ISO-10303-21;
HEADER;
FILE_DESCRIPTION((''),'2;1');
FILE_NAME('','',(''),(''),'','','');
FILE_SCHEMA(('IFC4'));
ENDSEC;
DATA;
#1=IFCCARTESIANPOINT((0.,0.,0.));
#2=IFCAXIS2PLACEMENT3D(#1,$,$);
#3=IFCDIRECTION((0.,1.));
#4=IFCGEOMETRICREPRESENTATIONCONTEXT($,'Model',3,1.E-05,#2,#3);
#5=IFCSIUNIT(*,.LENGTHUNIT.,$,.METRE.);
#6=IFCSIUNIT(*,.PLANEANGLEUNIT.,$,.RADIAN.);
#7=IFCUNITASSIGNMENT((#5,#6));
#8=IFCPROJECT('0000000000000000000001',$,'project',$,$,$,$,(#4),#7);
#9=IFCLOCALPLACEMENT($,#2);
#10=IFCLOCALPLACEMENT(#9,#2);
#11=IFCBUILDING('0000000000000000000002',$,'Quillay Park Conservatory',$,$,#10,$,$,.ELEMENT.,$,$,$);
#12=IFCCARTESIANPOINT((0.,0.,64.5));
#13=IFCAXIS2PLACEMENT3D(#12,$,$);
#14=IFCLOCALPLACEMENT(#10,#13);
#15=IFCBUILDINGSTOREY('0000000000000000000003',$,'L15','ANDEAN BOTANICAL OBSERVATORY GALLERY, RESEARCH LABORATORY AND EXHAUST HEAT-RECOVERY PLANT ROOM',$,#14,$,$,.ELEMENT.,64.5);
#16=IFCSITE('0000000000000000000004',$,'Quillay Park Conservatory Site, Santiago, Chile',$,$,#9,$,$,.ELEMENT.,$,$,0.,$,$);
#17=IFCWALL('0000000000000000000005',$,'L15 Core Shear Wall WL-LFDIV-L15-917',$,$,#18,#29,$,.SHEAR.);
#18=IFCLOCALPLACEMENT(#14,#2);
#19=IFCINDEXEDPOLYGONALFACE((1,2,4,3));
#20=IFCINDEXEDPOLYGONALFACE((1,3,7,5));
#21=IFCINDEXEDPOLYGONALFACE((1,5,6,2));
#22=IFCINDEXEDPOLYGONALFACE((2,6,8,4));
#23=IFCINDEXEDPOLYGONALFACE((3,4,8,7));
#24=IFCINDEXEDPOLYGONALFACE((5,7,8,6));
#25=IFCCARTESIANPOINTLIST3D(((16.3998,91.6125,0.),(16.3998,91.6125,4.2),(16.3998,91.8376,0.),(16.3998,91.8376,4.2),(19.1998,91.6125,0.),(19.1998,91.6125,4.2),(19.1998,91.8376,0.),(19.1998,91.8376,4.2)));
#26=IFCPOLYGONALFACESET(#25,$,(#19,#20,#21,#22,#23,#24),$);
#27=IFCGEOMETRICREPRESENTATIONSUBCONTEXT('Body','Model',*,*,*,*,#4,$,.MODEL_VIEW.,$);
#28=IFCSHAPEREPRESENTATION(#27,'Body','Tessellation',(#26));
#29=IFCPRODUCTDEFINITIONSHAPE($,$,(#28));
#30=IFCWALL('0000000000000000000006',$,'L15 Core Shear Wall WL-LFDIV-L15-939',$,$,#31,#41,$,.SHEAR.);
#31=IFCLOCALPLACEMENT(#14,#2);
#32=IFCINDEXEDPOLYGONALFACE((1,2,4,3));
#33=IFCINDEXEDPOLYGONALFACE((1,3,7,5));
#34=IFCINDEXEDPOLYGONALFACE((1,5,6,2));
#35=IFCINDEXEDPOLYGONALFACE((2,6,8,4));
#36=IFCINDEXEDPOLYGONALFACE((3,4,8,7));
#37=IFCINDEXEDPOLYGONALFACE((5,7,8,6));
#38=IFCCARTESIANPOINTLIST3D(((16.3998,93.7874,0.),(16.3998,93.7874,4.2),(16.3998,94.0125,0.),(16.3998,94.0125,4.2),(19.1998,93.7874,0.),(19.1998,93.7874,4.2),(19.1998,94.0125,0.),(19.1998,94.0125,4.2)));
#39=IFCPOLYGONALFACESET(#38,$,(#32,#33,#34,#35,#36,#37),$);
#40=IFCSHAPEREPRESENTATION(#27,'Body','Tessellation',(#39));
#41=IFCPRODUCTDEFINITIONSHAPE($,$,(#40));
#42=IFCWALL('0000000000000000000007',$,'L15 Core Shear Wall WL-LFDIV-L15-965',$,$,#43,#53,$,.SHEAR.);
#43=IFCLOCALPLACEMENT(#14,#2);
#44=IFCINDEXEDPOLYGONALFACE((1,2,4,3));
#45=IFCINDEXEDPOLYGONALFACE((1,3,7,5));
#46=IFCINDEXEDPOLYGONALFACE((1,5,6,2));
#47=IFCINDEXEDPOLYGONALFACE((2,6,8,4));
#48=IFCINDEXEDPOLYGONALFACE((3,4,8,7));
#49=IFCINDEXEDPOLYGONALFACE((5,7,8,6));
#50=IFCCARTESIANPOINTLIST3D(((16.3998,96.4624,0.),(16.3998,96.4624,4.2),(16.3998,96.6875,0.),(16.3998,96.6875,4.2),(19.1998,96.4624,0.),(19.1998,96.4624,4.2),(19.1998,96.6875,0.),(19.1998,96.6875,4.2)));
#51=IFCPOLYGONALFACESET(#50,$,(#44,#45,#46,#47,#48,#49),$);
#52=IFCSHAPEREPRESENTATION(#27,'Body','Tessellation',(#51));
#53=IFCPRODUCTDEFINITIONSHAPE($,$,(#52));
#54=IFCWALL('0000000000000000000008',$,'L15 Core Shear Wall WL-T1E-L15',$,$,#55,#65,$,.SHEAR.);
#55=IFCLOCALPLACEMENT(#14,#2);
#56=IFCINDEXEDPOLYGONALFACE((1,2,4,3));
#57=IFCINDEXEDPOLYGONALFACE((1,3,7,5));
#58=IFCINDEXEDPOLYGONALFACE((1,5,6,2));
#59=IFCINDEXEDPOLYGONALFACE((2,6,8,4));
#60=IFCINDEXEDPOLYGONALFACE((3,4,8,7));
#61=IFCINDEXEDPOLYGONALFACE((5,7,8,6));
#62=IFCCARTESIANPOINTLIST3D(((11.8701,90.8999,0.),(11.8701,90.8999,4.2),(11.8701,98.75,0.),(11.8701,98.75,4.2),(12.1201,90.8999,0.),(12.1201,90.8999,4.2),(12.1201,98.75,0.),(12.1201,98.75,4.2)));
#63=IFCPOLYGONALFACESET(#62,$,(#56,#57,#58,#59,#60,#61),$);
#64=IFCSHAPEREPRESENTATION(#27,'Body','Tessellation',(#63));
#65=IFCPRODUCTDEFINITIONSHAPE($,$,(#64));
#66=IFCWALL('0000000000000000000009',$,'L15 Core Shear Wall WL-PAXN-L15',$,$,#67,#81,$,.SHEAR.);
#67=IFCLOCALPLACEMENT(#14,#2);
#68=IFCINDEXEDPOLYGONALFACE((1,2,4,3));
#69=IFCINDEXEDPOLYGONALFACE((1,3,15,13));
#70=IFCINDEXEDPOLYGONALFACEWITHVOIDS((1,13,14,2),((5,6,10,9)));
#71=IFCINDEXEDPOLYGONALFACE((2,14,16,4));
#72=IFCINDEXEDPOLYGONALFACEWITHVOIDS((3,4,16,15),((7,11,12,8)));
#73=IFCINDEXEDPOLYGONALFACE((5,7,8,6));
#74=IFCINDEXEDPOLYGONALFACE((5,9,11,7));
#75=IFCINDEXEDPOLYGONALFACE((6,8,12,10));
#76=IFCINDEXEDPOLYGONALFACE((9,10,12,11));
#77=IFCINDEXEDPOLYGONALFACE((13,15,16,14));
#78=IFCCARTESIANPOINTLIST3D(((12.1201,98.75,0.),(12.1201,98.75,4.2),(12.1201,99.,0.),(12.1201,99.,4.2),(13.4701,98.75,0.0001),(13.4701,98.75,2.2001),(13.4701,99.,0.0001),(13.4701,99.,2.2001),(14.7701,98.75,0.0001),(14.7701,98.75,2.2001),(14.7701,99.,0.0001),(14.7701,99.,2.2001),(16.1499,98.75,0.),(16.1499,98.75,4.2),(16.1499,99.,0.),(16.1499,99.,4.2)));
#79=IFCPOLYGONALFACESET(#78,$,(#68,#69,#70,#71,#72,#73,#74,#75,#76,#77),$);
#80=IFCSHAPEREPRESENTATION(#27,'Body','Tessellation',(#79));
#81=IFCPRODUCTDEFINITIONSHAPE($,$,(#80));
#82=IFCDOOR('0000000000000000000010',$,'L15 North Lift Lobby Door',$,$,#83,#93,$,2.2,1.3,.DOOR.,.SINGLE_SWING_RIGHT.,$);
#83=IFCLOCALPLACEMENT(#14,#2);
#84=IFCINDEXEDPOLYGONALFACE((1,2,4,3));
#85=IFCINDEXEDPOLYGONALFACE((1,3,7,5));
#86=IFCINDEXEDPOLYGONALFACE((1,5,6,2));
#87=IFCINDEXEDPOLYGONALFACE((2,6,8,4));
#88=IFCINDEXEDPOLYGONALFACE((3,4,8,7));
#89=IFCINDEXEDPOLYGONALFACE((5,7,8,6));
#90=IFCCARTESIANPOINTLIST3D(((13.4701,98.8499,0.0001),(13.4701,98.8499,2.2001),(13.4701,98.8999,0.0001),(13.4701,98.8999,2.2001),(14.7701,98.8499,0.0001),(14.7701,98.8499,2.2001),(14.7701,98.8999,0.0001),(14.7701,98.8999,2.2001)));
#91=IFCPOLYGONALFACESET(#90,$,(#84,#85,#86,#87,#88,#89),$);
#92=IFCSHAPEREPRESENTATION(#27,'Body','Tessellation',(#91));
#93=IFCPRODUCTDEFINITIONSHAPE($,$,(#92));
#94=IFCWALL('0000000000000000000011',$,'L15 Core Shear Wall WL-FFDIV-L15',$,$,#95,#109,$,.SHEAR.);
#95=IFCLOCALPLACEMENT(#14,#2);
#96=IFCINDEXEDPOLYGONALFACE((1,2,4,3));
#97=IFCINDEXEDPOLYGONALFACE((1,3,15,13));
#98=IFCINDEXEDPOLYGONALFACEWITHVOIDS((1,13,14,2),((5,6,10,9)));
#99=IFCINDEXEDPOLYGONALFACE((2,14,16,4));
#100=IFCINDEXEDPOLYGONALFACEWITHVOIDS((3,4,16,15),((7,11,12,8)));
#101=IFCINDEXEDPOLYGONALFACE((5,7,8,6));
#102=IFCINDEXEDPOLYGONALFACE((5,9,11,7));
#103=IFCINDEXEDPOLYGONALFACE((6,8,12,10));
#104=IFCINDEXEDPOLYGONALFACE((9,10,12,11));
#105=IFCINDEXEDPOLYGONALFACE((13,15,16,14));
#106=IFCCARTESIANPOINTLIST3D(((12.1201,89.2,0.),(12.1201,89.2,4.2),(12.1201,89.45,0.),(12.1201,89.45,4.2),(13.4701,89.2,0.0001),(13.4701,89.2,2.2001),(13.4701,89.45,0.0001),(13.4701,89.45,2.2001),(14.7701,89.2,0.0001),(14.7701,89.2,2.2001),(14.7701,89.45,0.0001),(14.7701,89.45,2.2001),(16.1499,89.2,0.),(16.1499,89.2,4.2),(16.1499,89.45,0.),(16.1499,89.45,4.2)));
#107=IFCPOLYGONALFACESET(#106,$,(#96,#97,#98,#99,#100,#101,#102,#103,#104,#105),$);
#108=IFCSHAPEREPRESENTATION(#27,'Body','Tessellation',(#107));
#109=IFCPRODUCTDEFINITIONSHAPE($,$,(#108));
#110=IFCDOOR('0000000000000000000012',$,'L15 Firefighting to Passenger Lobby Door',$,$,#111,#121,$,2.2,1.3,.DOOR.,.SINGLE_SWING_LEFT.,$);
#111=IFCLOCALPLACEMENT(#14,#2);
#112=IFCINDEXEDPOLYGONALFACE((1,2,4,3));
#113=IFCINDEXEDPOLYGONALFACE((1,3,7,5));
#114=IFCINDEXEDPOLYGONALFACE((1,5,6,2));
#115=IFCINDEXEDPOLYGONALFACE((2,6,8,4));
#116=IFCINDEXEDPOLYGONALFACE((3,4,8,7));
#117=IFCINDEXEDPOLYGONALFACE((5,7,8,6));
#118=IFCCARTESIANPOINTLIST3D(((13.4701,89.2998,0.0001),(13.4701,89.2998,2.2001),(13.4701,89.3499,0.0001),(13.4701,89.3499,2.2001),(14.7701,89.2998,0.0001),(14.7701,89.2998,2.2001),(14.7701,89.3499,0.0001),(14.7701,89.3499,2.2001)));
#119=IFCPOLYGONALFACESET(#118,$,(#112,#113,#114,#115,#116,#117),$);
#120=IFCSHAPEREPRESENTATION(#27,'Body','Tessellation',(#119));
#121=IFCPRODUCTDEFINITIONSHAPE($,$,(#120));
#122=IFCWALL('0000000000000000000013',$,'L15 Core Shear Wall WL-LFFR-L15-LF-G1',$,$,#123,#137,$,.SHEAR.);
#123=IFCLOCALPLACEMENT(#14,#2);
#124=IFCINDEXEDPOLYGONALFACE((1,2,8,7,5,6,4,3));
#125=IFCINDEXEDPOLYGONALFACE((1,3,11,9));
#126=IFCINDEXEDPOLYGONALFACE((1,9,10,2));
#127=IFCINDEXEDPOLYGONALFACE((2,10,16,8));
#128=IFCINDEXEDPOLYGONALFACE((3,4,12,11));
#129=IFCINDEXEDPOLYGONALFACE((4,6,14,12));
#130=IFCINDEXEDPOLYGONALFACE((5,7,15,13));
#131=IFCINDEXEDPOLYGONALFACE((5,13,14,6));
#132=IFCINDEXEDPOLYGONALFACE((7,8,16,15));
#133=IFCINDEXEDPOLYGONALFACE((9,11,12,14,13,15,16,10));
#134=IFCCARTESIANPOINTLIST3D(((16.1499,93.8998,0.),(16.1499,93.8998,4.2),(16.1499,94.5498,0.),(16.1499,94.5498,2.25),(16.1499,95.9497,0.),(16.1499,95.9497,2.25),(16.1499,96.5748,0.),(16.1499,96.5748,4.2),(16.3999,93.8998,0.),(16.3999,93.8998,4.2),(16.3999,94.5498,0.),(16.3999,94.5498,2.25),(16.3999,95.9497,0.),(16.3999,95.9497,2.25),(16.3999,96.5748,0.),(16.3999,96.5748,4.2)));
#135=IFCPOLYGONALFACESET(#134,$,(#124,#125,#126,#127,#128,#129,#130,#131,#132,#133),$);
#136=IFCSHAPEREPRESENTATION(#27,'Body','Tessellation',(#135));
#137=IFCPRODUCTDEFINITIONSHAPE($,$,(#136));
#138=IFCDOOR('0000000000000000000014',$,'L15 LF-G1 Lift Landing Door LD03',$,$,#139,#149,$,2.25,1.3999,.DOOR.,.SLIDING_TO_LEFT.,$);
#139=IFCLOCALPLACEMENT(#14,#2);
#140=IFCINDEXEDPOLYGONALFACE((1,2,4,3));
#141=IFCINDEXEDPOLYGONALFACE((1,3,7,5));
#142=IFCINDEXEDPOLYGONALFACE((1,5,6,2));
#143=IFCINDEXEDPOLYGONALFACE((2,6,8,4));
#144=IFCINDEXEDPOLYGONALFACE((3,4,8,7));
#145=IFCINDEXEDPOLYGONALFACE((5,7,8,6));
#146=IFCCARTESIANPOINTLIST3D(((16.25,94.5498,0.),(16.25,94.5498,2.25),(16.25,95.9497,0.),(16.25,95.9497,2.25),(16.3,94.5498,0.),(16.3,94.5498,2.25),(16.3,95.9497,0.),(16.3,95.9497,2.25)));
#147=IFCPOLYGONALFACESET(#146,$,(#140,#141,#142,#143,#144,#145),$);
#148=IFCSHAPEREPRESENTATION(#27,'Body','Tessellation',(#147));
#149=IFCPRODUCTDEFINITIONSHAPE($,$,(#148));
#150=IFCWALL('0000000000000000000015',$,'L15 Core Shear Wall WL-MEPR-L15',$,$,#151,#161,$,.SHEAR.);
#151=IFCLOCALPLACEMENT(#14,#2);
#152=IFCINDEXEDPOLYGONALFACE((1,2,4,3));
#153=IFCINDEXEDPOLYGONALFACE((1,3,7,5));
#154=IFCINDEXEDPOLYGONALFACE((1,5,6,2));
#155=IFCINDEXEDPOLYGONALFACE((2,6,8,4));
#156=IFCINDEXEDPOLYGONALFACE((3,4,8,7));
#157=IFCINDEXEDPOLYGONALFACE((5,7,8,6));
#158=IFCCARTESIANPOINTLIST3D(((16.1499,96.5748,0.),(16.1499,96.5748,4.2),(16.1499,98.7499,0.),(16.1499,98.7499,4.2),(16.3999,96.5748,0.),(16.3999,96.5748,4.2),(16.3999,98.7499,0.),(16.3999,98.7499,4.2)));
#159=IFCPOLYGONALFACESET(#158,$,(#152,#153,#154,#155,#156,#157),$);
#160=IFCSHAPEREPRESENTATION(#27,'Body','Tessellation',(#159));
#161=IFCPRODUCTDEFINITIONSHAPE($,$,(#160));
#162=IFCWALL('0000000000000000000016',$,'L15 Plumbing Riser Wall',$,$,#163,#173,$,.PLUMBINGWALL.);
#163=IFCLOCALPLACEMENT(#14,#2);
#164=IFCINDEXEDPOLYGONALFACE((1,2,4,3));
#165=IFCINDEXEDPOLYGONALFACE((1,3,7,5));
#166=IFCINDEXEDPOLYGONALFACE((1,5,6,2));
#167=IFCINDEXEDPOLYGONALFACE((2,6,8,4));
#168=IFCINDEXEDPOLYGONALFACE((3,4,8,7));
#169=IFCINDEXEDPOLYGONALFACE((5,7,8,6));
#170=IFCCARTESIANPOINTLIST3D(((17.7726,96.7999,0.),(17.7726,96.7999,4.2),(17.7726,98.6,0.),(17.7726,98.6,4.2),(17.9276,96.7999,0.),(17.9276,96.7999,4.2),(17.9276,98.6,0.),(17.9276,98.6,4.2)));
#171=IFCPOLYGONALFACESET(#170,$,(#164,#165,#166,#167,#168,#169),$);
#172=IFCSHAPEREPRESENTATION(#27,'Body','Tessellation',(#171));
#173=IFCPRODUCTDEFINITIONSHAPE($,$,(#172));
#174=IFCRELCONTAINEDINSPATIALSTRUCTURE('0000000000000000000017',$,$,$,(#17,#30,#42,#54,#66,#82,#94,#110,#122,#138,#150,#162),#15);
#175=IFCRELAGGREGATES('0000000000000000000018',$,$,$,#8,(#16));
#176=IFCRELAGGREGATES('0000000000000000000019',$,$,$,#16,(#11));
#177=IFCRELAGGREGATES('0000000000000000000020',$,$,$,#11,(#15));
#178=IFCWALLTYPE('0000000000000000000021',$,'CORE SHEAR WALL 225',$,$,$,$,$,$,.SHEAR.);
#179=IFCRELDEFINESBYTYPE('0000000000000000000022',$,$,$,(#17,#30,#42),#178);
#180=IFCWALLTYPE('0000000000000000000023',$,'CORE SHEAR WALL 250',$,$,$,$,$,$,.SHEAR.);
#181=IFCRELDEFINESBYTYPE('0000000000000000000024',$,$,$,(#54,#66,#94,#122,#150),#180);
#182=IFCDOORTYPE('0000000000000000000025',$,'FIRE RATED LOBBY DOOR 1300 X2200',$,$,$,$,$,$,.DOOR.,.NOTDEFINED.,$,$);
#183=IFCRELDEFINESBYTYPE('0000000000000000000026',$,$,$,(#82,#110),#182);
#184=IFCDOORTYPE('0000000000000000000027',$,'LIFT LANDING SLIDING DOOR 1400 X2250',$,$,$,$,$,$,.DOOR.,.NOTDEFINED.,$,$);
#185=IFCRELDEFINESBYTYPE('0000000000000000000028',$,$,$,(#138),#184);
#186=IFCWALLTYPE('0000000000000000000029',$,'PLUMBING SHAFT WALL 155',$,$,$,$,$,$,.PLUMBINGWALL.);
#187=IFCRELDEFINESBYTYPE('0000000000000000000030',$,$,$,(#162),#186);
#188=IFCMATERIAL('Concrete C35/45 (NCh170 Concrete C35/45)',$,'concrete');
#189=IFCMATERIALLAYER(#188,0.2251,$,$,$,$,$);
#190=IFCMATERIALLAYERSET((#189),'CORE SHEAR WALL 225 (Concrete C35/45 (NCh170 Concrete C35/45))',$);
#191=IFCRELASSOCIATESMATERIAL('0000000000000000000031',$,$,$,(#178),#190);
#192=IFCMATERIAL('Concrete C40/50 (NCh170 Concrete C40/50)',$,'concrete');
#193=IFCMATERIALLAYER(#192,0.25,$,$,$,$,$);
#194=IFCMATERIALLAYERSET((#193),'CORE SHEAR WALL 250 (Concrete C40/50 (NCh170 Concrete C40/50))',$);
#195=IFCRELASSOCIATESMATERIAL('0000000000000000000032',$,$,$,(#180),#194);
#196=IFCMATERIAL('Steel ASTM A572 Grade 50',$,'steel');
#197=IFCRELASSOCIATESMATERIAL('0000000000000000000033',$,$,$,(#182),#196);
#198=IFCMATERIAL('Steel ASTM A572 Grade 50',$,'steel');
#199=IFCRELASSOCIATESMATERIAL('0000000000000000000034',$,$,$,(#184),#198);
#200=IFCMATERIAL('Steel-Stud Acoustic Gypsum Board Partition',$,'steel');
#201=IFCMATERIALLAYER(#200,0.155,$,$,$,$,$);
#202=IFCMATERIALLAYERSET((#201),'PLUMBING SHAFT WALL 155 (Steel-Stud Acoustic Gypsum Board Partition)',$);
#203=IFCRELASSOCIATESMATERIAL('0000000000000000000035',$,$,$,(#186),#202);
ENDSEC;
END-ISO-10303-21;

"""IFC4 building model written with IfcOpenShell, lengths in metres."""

from ifc_helpers import new_model, si_unit, direction, frame, frame_2d, origin, place, context, subcontext, project, spatial, rectangle, extrude, material, layer, layer_set, type_object, element, fill, save


model = new_model("IFC4")

# Units and contexts
model_context = context("Model", 3, precision=1e-05, world=origin(), true_north=direction((0.0, 1.0)))
body_context = subcontext(model_context, "Body", "Model", "MODEL_VIEW")
ifc_project = project(units=[si_unit("LENGTHUNIT", "METRE"), si_unit("PLANEANGLEUNIT", "RADIAN")], contexts=[model_context])

# Site, building, storey
site_placement = place(None, origin())
site = spatial("IfcSite", under=ifc_project, at=site_placement, Name="Quillay Park Conservatory Site, Santiago, Chile", CompositionType="ELEMENT", RefElevation=0.0)
building_placement = place(site_placement, origin())
building = spatial("IfcBuilding", under=site, at=building_placement, Name="Quillay Park Conservatory", CompositionType="ELEMENT")
storey_placement = place(building_placement, frame((0.0, 0.0, 64.5)))
storey = spatial("IfcBuildingStorey", under=building, at=storey_placement, Name="L15", Description="ANDEAN BOTANICAL OBSERVATORY GALLERY, RESEARCH LABORATORY AND EXHAUST HEAT-RECOVERY PLANT ROOM", CompositionType="ELEMENT", Elevation=64.5)

# Walls
ifc_material_1 = material(Name="Concrete C35/45 (NCh170 Concrete C35/45)", Category="concrete")
ifc_layer_1 = layer(ifc_material_1, 0.2251)
ifc_layer_set_1 = layer_set([ifc_layer_1], Name="CORE SHEAR WALL 225 (Concrete C35/45 (NCh170 Concrete C35/45))")
wall_type_1 = type_object("IfcWallType", Name="CORE SHEAR WALL 225", PredefinedType="SHEAR", material=ifc_layer_set_1)
for number, where, z_axis, x_axis, name in (
    (1, (16.3999, 91.7251, 0.0), (0.0, 0.0, 1.0), (1.0, 0.0, 0.0), "L15 Core Shear Wall WL-LFDIV-L15-917"),
    (2, (16.3999, 93.8999, 0.0), (0.0, 0.0, 1.0), (1.0, 0.0, 0.0), "L15 Core Shear Wall WL-LFDIV-L15-939"),
    (3, (16.3999, 96.575, 0.0), (0.0, 0.0, 1.0), (1.0, 0.0, 0.0), "L15 Core Shear Wall WL-LFDIV-L15-965"),
):
    element("IfcWall", number, at=place(storey_placement, frame(where, z_axis=z_axis, x_axis=x_axis)), inside=storey, type_object=wall_type_1, Name=name, PredefinedType="SHEAR", context=body_context, shape_type="SweptSolid", body=[
        extrude(rectangle(XDim=2.8, YDim=0.2251, at=frame_2d((1.3999, 0.0))), origin(), (0.0, 0.0, 1.0), 4.2),
    ])
ifc_material_2 = material(Name="Concrete C40/50 (NCh170 Concrete C40/50)", Category="concrete")
ifc_layer_2 = layer(ifc_material_2, 0.25)
ifc_layer_set_2 = layer_set([ifc_layer_2], Name="CORE SHEAR WALL 250 (Concrete C40/50 (NCh170 Concrete C40/50))")
wall_type_2 = type_object("IfcWallType", Name="CORE SHEAR WALL 250", PredefinedType="SHEAR", material=ifc_layer_set_2)
wall_1_placement = place(storey_placement, frame((11.9951, 90.8999, 0.0), z_axis=(0.0, 0.0, 1.0), x_axis=(0.0, 1.0, 0.0)))
element("IfcWall", 4, at=wall_1_placement, inside=storey, type_object=wall_type_2, Name="L15 Core Shear Wall WL-T1E-L15", PredefinedType="SHEAR", context=body_context, shape_type="SweptSolid", body=[
    extrude(rectangle(XDim=7.8501, YDim=0.25, at=frame_2d((3.925, 0.0))), origin(), (0.0, 0.0, 1.0), 4.2),
])

# Walls, openings, doors
wall_2_placement = place(storey_placement, frame((12.1201, 98.875, 0.0), z_axis=(0.0, 0.0, 1.0), x_axis=(1.0, 0.0, 0.0)))
wall_2 = element("IfcWall", 5, at=wall_2_placement, inside=storey, type_object=wall_type_2, Name="L15 Core Shear Wall WL-PAXN-L15", PredefinedType="SHEAR", context=body_context, shape_type="SweptSolid", body=[
    extrude(rectangle(XDim=4.0298, YDim=0.25, at=frame_2d((2.0149, 0.0))), origin(), (0.0, 0.0, 1.0), 4.2),
])
opening_1_placement = place(wall_2_placement, frame((1.3501, 0.0, 0.0)))
opening_1 = element("IfcOpeningElement", 6, at=opening_1_placement, cuts=wall_2, PredefinedType="OPENING", context=body_context, shape_type="SweptSolid", body=[
    extrude(rectangle(XDim=1.3, YDim=2.2, at=frame_2d((0.6499, 1.1001))), frame((0.0, 0.125, 0.0), z_axis=(0.0, -1.0, 0.0), x_axis=(1.0, 0.0, 0.0)), (0.0, 0.0, 1.0), 0.25),
])
ifc_material_3 = material(Name="Steel ASTM A572 Grade 50", Category="steel")
door_type_1 = type_object("IfcDoorType", Name="FIRE RATED LOBBY DOOR 1300 X2200", OperationType="NOTDEFINED", PredefinedType="DOOR", material=ifc_material_3)
door_1_placement = place(opening_1_placement, origin())
door_1 = element("IfcDoor", 7, at=door_1_placement, inside=storey, type_object=door_type_1, Name="L15 North Lift Lobby Door", OperationType="SINGLE_SWING_RIGHT", OverallHeight=2.2, OverallWidth=1.3, PredefinedType="DOOR", context=body_context, shape_type="SweptSolid", body=[
    extrude(rectangle(XDim=1.3, YDim=2.2, at=frame_2d((0.6499, 1.1001))), frame((0.0, 0.0249, 0.0), z_axis=(0.0, -1.0, 0.0), x_axis=(1.0, 0.0, 0.0)), (0.0, 0.0, 1.0), 0.05),
])
fill(opening_1, door_1)
wall_3_placement = place(storey_placement, frame((12.1201, 89.325, 0.0), z_axis=(0.0, 0.0, 1.0), x_axis=(1.0, 0.0, 0.0)))
wall_3 = element("IfcWall", 8, at=wall_3_placement, inside=storey, type_object=wall_type_2, Name="L15 Core Shear Wall WL-FFDIV-L15", PredefinedType="SHEAR", context=body_context, shape_type="SweptSolid", body=[
    extrude(rectangle(XDim=4.0298, YDim=0.25, at=frame_2d((2.0149, 0.0))), origin(), (0.0, 0.0, 1.0), 4.2),
])
opening_2_placement = place(wall_3_placement, frame((1.3501, 0.0, 0.0)))
opening_2 = element("IfcOpeningElement", 9, at=opening_2_placement, cuts=wall_3, PredefinedType="OPENING", context=body_context, shape_type="SweptSolid", body=[
    extrude(rectangle(XDim=1.3, YDim=2.2, at=frame_2d((0.6499, 1.1001))), frame((0.0, 0.125, 0.0), z_axis=(0.0, -1.0, 0.0), x_axis=(1.0, 0.0, 0.0)), (0.0, 0.0, 1.0), 0.25),
])
door_2_placement = place(opening_2_placement, origin())
door_2 = element("IfcDoor", 10, at=door_2_placement, inside=storey, type_object=door_type_1, Name="L15 Firefighting to Passenger Lobby Door", OperationType="SINGLE_SWING_LEFT", OverallHeight=2.2, OverallWidth=1.3, PredefinedType="DOOR", context=body_context, shape_type="SweptSolid", body=[
    extrude(rectangle(XDim=1.3, YDim=2.2, at=frame_2d((0.6499, 1.1001))), frame((0.0, 0.0249, 0.0), z_axis=(0.0, -1.0, 0.0), x_axis=(1.0, 0.0, 0.0)), (0.0, 0.0, 1.0), 0.05),
])
fill(opening_2, door_2)
wall_4_placement = place(storey_placement, frame((16.2749, 93.8999, 0.0), z_axis=(0.0, 0.0, 1.0), x_axis=(0.0, 1.0, 0.0)))
wall_4 = element("IfcWall", 11, at=wall_4_placement, inside=storey, type_object=wall_type_2, Name="L15 Core Shear Wall WL-LFFR-L15-LF-G1", PredefinedType="SHEAR", context=body_context, shape_type="SweptSolid", body=[
    extrude(rectangle(XDim=2.675, YDim=0.25, at=frame_2d((1.3374, 0.0))), origin(), (0.0, 0.0, 1.0), 4.2),
])
opening_3_placement = place(wall_4_placement, frame((0.6499, 0.0, 0.0)))
opening_3 = element("IfcOpeningElement", 12, at=opening_3_placement, cuts=wall_4, PredefinedType="OPENING", context=body_context, shape_type="SweptSolid", body=[
    extrude(rectangle(XDim=1.3999, YDim=2.25, at=frame_2d((0.7, 1.125))), frame((0.0, 0.125, 0.0), z_axis=(0.0, -1.0, 0.0), x_axis=(1.0, 0.0, 0.0)), (0.0, 0.0, 1.0), 0.25),
])
ifc_material_4 = material(Name="Steel ASTM A572 Grade 50", Category="steel")
door_type_2 = type_object("IfcDoorType", Name="LIFT LANDING SLIDING DOOR 1400 X2250", OperationType="NOTDEFINED", PredefinedType="DOOR", material=ifc_material_4)
door_3_placement = place(opening_3_placement, origin())
door_3 = element("IfcDoor", 13, at=door_3_placement, inside=storey, type_object=door_type_2, Name="L15 LF-G1 Lift Landing Door LD03", OperationType="SLIDING_TO_LEFT", OverallHeight=2.25, OverallWidth=1.3999, PredefinedType="DOOR", context=body_context, shape_type="SweptSolid", body=[
    extrude(rectangle(XDim=1.3999, YDim=2.25, at=frame_2d((0.7, 1.125))), frame((0.0, 0.0249, 0.0), z_axis=(0.0, -1.0, 0.0), x_axis=(1.0, 0.0, 0.0)), (0.0, 0.0, 1.0), 0.05),
])
fill(opening_3, door_3)

# Walls
wall_5_placement = place(storey_placement, frame((16.2749, 96.575, 0.0), z_axis=(0.0, 0.0, 1.0), x_axis=(0.0, 1.0, 0.0)))
element("IfcWall", 14, at=wall_5_placement, inside=storey, type_object=wall_type_2, Name="L15 Core Shear Wall WL-MEPR-L15", PredefinedType="SHEAR", context=body_context, shape_type="SweptSolid", body=[
    extrude(rectangle(XDim=2.175, YDim=0.25, at=frame_2d((1.0874, 0.0))), origin(), (0.0, 0.0, 1.0), 4.2),
])
ifc_material_5 = material(Name="Steel-Stud Acoustic Gypsum Board Partition", Category="steel")
ifc_layer_3 = layer(ifc_material_5, 0.155)
ifc_layer_set_3 = layer_set([ifc_layer_3], Name="PLUMBING SHAFT WALL 155 (Steel-Stud Acoustic Gypsum Board Partition)")
wall_type_3 = type_object("IfcWallType", Name="PLUMBING SHAFT WALL 155", PredefinedType="PLUMBINGWALL", material=ifc_layer_set_3)
wall_6_placement = place(storey_placement, frame((17.8501, 96.8, 0.0), z_axis=(0.0, 0.0, 1.0), x_axis=(0.0, 1.0, 0.0)))
element("IfcWall", 15, at=wall_6_placement, inside=storey, type_object=wall_type_3, Name="L15 Plumbing Riser Wall", PredefinedType="PLUMBINGWALL", context=body_context, shape_type="SweptSolid", body=[
    extrude(rectangle(XDim=1.8, YDim=0.155, at=frame_2d((0.8999, 0.0))), origin(), (0.0, 0.0, 1.0), 4.2),
])

save(model, "model.ifc")
